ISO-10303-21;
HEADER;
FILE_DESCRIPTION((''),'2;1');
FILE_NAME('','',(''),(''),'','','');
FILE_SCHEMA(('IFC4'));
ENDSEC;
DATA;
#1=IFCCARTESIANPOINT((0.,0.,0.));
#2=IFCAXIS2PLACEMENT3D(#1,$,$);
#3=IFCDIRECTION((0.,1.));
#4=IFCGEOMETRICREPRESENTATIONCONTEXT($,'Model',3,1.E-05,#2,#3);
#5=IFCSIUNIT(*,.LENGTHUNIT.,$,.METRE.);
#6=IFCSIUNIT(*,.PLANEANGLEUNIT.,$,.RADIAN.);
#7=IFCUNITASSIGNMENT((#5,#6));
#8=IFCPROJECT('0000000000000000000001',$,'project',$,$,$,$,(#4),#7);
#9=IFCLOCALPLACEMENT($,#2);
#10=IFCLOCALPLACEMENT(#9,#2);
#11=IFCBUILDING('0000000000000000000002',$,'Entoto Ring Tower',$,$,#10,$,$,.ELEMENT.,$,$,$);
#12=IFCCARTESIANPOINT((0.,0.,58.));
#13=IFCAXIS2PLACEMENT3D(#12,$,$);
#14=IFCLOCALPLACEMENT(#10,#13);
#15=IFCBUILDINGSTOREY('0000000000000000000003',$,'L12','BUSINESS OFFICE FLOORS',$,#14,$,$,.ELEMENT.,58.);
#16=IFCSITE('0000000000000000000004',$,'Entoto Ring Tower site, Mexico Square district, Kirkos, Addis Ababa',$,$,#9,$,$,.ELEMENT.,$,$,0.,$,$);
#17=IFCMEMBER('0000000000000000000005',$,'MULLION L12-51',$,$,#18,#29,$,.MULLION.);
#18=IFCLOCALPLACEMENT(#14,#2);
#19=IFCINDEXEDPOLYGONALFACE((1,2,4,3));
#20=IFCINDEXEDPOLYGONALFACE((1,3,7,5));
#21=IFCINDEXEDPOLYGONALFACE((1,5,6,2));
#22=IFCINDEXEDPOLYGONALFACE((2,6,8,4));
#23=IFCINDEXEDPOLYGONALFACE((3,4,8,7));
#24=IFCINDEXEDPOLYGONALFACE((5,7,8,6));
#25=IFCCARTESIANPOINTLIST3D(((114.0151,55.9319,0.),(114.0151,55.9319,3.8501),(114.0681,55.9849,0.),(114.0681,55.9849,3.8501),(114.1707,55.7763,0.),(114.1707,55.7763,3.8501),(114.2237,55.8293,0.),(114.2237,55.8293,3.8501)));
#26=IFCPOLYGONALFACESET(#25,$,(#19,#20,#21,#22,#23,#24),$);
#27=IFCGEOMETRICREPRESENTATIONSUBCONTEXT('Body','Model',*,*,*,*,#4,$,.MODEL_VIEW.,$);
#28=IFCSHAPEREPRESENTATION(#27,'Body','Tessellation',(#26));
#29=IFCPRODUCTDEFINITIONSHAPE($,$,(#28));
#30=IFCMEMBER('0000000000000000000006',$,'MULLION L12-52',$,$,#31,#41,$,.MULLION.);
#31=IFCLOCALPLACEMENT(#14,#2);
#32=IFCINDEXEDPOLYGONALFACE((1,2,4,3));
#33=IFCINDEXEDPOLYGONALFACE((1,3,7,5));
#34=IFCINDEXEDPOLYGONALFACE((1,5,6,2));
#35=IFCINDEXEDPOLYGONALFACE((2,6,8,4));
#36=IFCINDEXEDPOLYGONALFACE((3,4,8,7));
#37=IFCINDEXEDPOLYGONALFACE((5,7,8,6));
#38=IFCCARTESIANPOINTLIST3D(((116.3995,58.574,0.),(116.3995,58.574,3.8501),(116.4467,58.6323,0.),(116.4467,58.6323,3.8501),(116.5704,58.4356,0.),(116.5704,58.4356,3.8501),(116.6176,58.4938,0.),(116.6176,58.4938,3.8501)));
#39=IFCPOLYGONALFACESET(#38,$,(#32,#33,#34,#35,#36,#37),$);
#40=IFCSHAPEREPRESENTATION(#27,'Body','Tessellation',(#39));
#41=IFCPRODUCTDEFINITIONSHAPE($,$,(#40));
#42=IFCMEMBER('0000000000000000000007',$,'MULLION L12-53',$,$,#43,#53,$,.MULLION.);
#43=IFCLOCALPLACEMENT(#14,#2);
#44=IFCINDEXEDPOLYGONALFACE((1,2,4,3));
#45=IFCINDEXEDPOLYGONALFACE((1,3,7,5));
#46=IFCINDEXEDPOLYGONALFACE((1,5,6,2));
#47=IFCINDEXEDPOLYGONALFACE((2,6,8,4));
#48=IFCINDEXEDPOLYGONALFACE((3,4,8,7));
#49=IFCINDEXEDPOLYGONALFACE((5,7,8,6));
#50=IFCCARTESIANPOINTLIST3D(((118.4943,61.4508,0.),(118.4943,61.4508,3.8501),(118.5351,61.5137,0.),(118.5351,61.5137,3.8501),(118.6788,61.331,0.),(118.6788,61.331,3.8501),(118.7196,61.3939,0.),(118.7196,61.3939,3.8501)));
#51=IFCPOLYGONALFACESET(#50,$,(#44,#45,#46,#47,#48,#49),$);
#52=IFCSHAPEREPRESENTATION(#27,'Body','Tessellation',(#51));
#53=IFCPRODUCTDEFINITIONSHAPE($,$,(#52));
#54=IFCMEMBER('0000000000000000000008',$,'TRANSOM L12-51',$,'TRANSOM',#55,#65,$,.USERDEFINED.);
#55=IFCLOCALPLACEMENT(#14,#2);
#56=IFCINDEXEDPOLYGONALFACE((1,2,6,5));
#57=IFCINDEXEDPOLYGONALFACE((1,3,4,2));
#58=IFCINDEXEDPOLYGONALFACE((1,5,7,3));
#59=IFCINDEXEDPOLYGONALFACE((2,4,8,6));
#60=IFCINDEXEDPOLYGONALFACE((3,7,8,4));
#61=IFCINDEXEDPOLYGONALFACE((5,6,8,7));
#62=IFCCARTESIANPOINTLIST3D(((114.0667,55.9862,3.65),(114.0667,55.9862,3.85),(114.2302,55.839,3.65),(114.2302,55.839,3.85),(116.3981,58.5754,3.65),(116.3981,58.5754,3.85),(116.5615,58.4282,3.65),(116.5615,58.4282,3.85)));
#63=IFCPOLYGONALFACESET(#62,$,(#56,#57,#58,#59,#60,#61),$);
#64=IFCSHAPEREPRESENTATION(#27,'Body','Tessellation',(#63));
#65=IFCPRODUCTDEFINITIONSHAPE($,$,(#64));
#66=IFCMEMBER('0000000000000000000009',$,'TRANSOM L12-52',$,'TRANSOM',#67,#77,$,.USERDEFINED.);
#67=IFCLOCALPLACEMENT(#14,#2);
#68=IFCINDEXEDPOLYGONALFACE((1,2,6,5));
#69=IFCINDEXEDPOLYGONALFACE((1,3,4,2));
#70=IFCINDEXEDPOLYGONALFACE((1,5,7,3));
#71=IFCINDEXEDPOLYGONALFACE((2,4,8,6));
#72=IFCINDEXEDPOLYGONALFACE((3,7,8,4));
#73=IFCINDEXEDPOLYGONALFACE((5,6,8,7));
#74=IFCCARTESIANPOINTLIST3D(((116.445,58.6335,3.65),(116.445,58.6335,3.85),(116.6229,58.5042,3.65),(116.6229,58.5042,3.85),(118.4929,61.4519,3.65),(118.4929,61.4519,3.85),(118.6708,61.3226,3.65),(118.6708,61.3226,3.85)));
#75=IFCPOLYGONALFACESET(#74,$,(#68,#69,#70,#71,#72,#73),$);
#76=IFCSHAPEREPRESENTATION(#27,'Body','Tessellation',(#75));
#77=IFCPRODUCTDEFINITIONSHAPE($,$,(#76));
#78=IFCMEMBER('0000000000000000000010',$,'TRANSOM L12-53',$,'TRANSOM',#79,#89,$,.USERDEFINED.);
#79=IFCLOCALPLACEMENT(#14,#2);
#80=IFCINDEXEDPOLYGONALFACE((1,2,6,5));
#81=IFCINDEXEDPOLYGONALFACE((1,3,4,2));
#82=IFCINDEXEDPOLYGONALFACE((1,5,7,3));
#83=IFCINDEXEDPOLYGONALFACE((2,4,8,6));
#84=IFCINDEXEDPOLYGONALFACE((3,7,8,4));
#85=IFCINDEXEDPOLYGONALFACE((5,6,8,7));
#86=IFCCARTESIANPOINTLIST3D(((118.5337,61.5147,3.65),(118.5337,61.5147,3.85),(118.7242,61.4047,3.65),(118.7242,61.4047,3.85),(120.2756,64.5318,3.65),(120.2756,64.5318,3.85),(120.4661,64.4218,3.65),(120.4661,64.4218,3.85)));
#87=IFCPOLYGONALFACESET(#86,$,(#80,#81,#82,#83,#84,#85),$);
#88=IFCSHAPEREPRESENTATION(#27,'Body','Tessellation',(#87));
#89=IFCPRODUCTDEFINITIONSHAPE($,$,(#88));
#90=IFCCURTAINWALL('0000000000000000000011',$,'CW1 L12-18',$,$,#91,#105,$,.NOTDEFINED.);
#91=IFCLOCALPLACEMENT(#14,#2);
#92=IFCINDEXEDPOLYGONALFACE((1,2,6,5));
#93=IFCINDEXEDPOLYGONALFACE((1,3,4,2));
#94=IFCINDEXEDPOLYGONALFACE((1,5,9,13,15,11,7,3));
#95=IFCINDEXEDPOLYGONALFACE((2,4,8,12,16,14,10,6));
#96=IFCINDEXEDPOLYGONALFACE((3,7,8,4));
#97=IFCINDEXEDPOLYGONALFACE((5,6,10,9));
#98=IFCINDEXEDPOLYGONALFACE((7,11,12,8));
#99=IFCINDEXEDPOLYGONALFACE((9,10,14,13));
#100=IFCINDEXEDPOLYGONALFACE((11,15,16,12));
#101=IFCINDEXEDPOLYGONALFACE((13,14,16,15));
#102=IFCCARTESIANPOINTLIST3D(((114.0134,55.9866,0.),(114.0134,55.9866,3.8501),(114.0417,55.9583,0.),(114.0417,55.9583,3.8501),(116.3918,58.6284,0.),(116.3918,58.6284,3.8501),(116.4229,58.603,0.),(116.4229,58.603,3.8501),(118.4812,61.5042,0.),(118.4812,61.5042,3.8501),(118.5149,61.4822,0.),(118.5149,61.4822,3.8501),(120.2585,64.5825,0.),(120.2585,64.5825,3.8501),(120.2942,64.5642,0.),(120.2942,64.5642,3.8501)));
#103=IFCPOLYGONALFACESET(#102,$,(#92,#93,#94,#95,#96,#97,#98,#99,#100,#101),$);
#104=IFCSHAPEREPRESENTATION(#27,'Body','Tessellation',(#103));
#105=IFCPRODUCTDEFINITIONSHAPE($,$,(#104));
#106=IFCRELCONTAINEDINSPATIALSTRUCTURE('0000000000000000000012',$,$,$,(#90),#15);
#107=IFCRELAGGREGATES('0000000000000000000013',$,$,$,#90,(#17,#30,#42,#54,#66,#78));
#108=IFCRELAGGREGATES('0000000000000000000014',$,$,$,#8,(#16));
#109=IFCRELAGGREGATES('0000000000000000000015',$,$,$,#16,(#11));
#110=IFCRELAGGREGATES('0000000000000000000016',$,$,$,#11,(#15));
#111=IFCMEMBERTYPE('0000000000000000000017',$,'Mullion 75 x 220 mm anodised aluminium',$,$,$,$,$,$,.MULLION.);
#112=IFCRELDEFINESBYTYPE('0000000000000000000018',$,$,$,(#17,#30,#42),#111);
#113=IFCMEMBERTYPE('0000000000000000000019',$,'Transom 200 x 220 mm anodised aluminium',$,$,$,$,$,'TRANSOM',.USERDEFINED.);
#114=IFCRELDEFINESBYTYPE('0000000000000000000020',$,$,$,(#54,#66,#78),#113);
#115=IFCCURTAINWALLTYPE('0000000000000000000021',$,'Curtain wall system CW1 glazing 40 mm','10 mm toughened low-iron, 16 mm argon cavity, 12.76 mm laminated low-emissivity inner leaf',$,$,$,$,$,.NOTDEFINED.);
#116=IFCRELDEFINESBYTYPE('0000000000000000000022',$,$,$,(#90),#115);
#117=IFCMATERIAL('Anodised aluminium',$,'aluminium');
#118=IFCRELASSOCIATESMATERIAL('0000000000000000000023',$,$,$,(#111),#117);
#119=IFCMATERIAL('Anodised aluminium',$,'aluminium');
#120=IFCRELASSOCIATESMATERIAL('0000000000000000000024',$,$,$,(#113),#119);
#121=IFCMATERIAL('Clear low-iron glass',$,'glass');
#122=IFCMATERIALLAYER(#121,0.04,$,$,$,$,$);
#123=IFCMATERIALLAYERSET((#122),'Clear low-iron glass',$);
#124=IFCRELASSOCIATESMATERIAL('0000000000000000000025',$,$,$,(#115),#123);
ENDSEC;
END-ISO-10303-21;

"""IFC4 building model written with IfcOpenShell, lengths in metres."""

from ifc_helpers import new_model, si_unit, direction, frame, origin, origin_2d, place, context, subcontext, project, spatial, polyline, rectangle, outline, extrude, material, layer, layer_set, material_profile, profile_set, type_object, element, aggregate, save


model = new_model("IFC4")

# Units and contexts
model_context = context("Model", 3, precision=1e-05, world=origin(), true_north=direction((0.0, 1.0)))
body_context = subcontext(model_context, "Body", "Model", "MODEL_VIEW")
ifc_project = project(units=[si_unit("LENGTHUNIT", "METRE"), si_unit("PLANEANGLEUNIT", "RADIAN")], contexts=[model_context])

# Members
ifc_material_1 = material(Name="Anodised aluminium", Category="aluminium")
ifc_material_profile_1 = material_profile(ifc_material_1, rectangle(XDim=0.075, YDim=0.22, at=origin_2d()), Name="Mullion 75 x 220 mm anodised aluminium")
ifc_profile_set_1 = profile_set([ifc_material_profile_1], Name="Anodised aluminium")
member_type_1 = type_object("IfcMemberType", Name="Mullion 75 x 220 mm anodised aluminium", PredefinedType="MULLION", material=ifc_profile_set_1)
site_placement = place(None, origin())
building_placement = place(site_placement, origin())
storey_placement = place(building_placement, frame((0.0, 0.0, 58.0)))
member_1_placement = place(storey_placement, frame((114.1194, 55.8806, 0.0), z_axis=(0.0, 0.0, 1.0), x_axis=(0.707107, 0.707107, 0.0)))
member_1 = element("IfcMember", 1, at=member_1_placement, type_object=member_type_1, Name="MULLION L12-51", PredefinedType="MULLION", context=body_context, shape_type="SweptSolid", body=[
    extrude(rectangle(XDim=0.075, YDim=0.22, at=origin_2d()), origin(), (0.0, 0.0, 1.0), 3.8501),
])
member_2_placement = place(storey_placement, frame((116.5085, 58.5339, 0.0), z_axis=(0.0, 0.0, 1.0), x_axis=(0.62932, 0.777146, 0.0)))
member_2 = element("IfcMember", 2, at=member_2_placement, type_object=member_type_1, Name="MULLION L12-52", PredefinedType="MULLION", context=body_context, shape_type="SweptSolid", body=[
    extrude(rectangle(XDim=0.075, YDim=0.22, at=origin_2d()), origin(), (0.0, 0.0, 1.0), 3.8501),
])
member_3_placement = place(storey_placement, frame((118.6069, 61.4224, 0.0), z_axis=(0.0, 0.0, 1.0), x_axis=(0.544639, 0.838671, 0.0)))
member_3 = element("IfcMember", 3, at=member_3_placement, type_object=member_type_1, Name="MULLION L12-53", PredefinedType="MULLION", context=body_context, shape_type="SweptSolid", body=[
    extrude(rectangle(XDim=0.075, YDim=0.22, at=origin_2d()), origin(), (0.0, 0.0, 1.0), 3.8501),
])
ifc_material_2 = material(Name="Anodised aluminium", Category="aluminium")
ifc_material_profile_2 = material_profile(ifc_material_2, rectangle(XDim=0.22, YDim=0.2, at=origin_2d()), Name="Transom 200 x 220 mm anodised aluminium")
ifc_profile_set_2 = profile_set([ifc_material_profile_2], Name="Anodised aluminium")
member_type_2 = type_object("IfcMemberType", Name="Transom 200 x 220 mm anodised aluminium", ElementType="TRANSOM", PredefinedType="USERDEFINED", material=ifc_profile_set_2)
member_4_placement = place(storey_placement, frame((114.1484, 55.9126, 3.75), z_axis=(0.669139, 0.743137, 0.0), x_axis=(-0.743137, 0.669139, 0.0)))
member_4 = element("IfcMember", 4, at=member_4_placement, type_object=member_type_2, Name="TRANSOM L12-51", ObjectType="TRANSOM", PredefinedType="USERDEFINED", context=body_context, shape_type="SweptSolid", body=[
    extrude(rectangle(XDim=0.22, YDim=0.2, at=origin_2d()), origin(), (0.0, 0.0, 1.0), 3.4841),
])
member_5_placement = place(storey_placement, frame((116.5339, 58.5688, 3.75), z_axis=(0.587822, 0.808991, 0.0), x_axis=(-0.808991, 0.587822, 0.0)))
member_5 = element("IfcMember", 5, at=member_5_placement, type_object=member_type_2, Name="TRANSOM L12-52", ObjectType="TRANSOM", PredefinedType="USERDEFINED", context=body_context, shape_type="SweptSolid", body=[
    extrude(rectangle(XDim=0.22, YDim=0.2, at=origin_2d()), origin(), (0.0, 0.0, 1.0), 3.4839),
])
member_6_placement = place(storey_placement, frame((118.6289, 61.4597, 3.75), z_axis=(0.500006, 0.866022, 0.0), x_axis=(-0.866022, 0.500006, 0.0)))
member_6 = element("IfcMember", 6, at=member_6_placement, type_object=member_type_2, Name="TRANSOM L12-53", ObjectType="TRANSOM", PredefinedType="USERDEFINED", context=body_context, shape_type="SweptSolid", body=[
    extrude(rectangle(XDim=0.22, YDim=0.2, at=origin_2d()), origin(), (0.0, 0.0, 1.0), 3.4839),
])

# Site, building, storey
site = spatial("IfcSite", under=ifc_project, at=site_placement, Name="Entoto Ring Tower site, Mexico Square district, Kirkos, Addis Ababa", CompositionType="ELEMENT", RefElevation=0.0)
building = spatial("IfcBuilding", under=site, at=building_placement, Name="Entoto Ring Tower", CompositionType="ELEMENT")
storey = spatial("IfcBuildingStorey", under=building, at=storey_placement, Name="L12", Description="BUSINESS OFFICE FLOORS", CompositionType="ELEMENT", Elevation=58.0)

# Curtain wall
ifc_material_3 = material(Name="Clear low-iron glass", Category="glass")
ifc_layer_1 = layer(ifc_material_3, 0.04)
ifc_layer_set_1 = layer_set([ifc_layer_1], Name="Clear low-iron glass")
curtain_wall_type = type_object("IfcCurtainWallType", Name="Curtain wall system CW1 glazing 40 mm", Description="10 mm toughened low-iron, 16 mm argon cavity, 12.76 mm laminated low-emissivity inner leaf", PredefinedType="NOTDEFINED", material=ifc_layer_set_1)
curtain_wall_1_placement = place(storey_placement, origin())
curtain_wall_1 = element("IfcCurtainWall", 7, at=curtain_wall_1_placement, inside=storey, type_object=curtain_wall_type, Name="CW1 L12-18", PredefinedType="NOTDEFINED", context=body_context, shape_type="SweptSolid", body=[
    extrude(outline(polyline([(114.0417, 55.9583), (116.4229, 58.603), (118.5149, 61.4822), (120.2942, 64.5642), (120.2585, 64.5825), (118.4812, 61.5042), (116.3918, 58.6284), (114.0134, 55.9866), (114.0417, 55.9583)])), origin(), (0.0, 0.0, 1.0), 3.8501),
])
aggregate(curtain_wall_1, [member_1, member_2, member_3, member_4, member_5, member_6])

save(model, "model.ifc")
